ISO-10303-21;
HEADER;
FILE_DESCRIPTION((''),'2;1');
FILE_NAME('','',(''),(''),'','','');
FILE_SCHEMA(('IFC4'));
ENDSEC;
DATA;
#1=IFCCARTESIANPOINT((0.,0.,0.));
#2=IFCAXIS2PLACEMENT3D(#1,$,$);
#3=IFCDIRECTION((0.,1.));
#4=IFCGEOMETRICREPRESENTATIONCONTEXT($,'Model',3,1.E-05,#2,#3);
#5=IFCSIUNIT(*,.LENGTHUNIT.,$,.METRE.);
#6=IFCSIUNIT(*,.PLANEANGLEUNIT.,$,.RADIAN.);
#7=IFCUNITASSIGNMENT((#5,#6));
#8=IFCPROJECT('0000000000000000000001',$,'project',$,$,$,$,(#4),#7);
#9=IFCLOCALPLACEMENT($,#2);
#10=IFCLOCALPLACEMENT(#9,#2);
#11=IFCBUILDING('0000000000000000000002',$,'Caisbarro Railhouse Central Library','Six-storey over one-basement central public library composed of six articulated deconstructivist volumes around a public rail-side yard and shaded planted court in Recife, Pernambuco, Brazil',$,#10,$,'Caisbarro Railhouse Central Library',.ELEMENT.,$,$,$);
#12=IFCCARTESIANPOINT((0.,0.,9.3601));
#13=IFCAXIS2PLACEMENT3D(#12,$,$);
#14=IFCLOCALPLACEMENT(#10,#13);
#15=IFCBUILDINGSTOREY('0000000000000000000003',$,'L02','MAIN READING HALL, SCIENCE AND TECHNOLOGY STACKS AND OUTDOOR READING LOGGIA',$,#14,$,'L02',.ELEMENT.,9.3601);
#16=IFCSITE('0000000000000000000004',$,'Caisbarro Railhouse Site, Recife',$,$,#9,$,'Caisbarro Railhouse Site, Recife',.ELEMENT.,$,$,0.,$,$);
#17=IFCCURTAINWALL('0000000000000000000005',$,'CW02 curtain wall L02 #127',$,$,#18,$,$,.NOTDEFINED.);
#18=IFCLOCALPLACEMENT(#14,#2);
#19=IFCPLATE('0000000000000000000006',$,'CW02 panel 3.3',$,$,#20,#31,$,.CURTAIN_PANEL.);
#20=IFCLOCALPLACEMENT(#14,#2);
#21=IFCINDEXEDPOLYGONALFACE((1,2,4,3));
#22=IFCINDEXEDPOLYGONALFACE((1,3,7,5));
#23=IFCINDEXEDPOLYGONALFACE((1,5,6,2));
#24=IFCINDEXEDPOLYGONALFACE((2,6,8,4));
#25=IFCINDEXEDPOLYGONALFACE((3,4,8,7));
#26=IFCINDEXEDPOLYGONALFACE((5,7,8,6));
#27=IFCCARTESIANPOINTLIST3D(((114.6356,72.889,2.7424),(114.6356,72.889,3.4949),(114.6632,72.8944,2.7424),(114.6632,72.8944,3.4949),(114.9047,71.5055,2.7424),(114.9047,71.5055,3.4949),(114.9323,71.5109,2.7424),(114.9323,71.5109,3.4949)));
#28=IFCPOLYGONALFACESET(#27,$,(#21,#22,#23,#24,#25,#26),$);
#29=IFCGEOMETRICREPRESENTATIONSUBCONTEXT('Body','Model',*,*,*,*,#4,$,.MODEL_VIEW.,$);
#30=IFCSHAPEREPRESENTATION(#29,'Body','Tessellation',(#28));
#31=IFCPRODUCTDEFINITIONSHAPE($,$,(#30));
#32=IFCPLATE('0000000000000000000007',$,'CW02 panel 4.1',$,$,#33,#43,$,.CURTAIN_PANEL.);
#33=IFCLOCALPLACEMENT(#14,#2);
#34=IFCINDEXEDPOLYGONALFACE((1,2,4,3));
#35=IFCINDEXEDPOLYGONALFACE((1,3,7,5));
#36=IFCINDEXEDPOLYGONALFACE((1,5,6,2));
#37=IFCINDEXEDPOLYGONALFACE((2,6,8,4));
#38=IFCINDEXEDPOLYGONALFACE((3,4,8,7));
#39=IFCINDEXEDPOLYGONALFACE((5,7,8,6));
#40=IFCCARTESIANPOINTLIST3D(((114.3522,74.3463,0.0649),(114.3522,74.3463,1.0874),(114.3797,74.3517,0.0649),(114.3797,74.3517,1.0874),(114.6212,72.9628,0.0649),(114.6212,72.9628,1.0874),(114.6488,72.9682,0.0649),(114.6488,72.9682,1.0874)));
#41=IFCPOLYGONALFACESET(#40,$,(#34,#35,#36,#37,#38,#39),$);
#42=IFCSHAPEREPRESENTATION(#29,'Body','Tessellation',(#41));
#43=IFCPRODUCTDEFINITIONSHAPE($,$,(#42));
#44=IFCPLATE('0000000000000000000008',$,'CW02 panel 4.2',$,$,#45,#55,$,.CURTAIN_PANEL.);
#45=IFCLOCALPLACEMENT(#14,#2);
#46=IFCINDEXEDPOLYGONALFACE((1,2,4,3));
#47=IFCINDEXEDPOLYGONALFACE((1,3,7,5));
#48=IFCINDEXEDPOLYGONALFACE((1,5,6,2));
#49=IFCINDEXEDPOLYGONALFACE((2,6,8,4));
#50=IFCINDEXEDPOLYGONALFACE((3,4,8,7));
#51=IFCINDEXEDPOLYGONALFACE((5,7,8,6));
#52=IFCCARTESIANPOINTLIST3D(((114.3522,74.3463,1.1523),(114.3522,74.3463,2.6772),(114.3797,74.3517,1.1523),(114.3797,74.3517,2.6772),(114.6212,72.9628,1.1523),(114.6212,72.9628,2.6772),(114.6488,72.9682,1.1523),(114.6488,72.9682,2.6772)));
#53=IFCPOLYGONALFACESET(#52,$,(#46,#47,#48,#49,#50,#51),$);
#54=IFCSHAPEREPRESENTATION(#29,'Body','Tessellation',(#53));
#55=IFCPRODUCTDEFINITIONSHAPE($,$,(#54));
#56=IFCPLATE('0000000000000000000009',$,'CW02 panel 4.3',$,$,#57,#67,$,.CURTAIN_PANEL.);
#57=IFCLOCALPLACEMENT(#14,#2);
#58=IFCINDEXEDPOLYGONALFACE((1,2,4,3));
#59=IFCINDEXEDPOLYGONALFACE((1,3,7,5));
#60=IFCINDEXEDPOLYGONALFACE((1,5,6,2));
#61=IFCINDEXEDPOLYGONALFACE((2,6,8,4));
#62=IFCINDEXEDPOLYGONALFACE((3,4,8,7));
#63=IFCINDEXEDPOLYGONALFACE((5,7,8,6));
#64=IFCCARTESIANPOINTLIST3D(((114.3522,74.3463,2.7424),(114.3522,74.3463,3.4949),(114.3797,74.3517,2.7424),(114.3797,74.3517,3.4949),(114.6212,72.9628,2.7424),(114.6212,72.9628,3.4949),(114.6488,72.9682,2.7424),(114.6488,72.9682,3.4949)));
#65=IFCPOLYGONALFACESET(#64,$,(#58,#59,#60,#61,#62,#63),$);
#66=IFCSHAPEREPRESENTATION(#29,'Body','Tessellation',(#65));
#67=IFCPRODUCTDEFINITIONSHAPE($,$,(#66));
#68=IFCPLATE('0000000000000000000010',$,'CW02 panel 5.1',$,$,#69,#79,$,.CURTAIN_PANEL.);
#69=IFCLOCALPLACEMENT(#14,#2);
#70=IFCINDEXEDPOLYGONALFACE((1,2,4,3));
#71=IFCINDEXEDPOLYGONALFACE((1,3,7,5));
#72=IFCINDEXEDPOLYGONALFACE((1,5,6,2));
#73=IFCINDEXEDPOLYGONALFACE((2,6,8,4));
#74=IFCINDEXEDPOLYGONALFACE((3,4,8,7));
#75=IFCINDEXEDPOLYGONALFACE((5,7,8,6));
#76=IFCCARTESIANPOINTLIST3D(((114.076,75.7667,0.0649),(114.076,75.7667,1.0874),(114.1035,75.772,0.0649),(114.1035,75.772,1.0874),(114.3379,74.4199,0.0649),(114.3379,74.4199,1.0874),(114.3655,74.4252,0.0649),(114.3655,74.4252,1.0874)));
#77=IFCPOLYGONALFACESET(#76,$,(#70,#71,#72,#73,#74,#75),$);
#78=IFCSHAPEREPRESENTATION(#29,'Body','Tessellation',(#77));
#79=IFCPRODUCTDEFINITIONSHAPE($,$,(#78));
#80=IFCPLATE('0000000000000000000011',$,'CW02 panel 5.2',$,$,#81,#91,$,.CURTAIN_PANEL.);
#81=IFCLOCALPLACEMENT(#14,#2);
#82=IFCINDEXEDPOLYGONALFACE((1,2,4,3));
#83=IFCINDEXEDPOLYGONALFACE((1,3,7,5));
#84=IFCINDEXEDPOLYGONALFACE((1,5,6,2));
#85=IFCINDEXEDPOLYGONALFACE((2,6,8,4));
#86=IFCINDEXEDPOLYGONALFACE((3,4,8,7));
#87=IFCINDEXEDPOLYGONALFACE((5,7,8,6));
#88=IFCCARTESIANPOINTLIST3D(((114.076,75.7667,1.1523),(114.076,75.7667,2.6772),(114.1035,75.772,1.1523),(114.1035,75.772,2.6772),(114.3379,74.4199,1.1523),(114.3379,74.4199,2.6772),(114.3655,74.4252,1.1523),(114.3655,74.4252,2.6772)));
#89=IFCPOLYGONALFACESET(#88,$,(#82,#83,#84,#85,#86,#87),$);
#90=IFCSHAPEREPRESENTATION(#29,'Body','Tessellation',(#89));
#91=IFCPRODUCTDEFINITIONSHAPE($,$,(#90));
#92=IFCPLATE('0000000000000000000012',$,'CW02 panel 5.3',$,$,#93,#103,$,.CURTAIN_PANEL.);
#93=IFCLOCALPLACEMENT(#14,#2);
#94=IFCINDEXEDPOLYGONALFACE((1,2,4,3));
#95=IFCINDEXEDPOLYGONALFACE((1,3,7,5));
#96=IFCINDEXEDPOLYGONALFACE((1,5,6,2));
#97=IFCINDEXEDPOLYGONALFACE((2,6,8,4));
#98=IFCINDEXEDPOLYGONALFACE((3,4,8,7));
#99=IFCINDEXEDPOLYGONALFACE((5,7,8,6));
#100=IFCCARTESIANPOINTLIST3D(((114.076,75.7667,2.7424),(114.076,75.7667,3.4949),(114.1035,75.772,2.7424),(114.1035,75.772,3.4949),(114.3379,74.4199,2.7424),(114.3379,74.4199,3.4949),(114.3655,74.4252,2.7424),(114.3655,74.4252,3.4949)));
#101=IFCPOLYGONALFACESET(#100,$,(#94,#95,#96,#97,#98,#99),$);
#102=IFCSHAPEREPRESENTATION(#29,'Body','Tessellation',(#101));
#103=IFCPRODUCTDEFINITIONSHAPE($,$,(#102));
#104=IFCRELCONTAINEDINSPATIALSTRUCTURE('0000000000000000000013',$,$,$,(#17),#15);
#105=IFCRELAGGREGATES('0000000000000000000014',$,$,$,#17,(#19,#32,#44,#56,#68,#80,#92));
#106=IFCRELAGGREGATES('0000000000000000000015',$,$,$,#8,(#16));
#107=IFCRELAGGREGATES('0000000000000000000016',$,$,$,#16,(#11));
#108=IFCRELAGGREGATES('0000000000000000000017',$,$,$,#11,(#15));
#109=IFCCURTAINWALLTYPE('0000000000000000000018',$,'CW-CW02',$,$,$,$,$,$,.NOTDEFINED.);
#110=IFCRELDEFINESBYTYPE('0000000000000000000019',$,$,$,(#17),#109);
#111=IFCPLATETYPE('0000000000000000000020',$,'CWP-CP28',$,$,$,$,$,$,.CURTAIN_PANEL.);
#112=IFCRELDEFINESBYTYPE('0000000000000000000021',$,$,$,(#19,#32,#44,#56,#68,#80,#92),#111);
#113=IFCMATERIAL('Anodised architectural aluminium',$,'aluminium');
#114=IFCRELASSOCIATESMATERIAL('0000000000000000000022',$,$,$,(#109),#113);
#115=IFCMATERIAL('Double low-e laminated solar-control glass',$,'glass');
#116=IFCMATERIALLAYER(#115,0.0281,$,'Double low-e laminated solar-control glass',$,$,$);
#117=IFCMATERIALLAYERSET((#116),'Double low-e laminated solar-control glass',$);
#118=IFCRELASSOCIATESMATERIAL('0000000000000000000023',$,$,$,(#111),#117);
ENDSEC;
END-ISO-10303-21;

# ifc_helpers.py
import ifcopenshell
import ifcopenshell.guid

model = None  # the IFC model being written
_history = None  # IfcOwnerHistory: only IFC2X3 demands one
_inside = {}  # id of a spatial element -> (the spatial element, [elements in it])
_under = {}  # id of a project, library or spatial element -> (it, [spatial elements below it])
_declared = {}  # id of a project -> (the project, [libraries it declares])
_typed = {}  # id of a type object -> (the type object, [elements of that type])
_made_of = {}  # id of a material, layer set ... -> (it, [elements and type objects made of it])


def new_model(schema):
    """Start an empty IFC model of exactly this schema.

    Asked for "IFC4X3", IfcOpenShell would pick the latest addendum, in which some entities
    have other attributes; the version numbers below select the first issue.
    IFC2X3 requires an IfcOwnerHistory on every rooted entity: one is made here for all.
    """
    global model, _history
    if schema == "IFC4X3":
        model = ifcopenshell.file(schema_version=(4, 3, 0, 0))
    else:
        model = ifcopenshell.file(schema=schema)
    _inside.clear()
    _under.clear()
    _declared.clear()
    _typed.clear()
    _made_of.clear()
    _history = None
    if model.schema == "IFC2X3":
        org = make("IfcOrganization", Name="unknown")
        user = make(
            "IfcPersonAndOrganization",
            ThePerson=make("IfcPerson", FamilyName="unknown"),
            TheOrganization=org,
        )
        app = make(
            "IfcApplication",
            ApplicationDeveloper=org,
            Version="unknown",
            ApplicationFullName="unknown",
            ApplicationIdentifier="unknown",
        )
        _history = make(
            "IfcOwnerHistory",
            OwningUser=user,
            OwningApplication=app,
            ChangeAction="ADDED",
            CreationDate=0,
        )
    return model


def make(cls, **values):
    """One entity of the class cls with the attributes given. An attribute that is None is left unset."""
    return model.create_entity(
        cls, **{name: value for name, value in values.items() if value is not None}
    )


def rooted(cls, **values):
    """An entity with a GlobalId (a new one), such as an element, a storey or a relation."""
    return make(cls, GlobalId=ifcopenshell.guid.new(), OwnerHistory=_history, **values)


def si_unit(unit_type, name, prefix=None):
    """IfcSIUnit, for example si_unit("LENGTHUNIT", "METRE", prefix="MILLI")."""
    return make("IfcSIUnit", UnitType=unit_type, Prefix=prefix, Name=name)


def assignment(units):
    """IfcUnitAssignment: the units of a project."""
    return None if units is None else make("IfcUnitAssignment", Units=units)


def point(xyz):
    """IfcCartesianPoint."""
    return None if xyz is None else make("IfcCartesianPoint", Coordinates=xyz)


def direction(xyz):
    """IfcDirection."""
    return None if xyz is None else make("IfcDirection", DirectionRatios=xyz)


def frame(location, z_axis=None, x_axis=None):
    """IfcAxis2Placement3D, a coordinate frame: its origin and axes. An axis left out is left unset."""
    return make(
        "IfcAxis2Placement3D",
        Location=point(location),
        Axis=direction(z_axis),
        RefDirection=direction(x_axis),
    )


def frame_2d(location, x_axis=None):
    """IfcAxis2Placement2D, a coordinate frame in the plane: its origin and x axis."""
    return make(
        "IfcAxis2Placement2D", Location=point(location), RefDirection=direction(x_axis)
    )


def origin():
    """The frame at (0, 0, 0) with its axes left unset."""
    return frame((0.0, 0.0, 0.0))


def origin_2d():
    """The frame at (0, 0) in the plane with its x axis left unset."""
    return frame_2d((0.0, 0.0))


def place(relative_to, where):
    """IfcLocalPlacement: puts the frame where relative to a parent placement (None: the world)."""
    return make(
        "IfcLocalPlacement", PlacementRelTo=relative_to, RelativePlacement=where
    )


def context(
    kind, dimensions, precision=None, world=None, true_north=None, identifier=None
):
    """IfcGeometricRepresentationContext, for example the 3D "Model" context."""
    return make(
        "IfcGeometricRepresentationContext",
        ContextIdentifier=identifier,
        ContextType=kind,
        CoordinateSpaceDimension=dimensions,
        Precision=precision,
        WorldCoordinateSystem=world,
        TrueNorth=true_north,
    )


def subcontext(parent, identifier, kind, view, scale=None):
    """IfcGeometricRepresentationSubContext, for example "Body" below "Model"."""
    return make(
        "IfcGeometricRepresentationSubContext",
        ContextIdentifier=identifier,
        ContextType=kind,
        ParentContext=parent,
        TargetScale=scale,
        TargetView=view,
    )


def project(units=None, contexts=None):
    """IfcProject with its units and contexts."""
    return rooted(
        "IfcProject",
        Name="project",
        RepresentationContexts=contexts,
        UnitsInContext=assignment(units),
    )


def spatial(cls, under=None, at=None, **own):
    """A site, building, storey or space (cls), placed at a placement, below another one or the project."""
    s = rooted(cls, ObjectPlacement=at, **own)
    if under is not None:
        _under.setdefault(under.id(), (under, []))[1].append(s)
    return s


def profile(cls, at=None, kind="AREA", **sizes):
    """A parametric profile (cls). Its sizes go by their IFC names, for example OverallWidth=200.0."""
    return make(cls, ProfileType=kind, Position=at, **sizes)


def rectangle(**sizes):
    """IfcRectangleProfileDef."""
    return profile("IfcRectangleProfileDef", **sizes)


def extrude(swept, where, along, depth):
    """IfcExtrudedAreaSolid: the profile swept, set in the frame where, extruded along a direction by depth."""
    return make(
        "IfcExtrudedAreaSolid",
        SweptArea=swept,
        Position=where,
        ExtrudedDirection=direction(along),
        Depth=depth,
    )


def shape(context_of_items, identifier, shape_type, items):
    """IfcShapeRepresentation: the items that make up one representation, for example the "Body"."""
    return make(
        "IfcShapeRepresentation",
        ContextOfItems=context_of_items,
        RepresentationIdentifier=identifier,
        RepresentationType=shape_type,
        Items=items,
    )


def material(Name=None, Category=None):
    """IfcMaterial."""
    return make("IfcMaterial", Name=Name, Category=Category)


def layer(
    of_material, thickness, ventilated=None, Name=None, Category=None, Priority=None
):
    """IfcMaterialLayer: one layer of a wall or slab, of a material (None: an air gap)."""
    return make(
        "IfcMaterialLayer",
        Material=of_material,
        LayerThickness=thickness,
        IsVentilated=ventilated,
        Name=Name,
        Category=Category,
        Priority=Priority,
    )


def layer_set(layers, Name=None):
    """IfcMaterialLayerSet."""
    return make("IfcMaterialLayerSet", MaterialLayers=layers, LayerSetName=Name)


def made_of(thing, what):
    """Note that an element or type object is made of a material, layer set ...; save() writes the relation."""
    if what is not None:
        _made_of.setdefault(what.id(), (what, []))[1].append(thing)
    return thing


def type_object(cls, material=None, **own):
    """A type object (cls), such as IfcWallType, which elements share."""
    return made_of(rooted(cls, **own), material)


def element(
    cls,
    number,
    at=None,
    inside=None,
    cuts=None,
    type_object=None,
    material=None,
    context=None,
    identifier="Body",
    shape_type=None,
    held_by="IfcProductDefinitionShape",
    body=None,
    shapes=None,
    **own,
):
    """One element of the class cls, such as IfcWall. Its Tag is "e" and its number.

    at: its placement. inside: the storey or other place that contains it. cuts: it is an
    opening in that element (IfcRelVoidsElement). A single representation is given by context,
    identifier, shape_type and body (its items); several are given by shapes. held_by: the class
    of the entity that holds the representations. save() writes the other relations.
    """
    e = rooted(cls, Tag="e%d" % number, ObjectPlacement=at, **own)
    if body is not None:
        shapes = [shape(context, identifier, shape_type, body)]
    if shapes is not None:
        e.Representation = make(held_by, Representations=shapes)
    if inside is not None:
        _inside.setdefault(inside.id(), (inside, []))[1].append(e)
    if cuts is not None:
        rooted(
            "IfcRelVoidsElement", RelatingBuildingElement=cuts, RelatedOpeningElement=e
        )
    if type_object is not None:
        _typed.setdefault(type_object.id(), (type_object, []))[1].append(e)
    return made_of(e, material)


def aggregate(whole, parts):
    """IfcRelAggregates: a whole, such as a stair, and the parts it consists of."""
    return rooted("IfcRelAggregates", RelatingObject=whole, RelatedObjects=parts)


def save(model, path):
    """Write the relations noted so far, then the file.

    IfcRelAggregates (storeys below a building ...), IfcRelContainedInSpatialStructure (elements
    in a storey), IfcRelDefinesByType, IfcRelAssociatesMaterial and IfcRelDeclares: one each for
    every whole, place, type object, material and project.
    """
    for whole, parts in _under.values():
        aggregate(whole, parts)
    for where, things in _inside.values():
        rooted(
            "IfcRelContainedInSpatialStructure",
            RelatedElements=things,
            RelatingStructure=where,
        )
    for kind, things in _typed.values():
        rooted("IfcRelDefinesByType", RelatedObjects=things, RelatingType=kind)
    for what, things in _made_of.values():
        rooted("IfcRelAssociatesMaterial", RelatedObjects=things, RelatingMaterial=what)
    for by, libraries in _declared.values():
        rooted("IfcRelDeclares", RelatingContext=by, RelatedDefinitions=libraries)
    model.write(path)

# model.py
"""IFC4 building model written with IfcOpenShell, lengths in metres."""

from ifc_helpers import new_model, si_unit, direction, frame, origin, origin_2d, place, context, subcontext, project, spatial, rectangle, extrude, material, layer, layer_set, type_object, element, aggregate, save


model = new_model("IFC4")

# Units and contexts
model_context = context("Model", 3, precision=1e-05, world=origin(), true_north=direction((0.0, 1.0)))
body_context = subcontext(model_context, "Body", "Model", "MODEL_VIEW")
ifc_project = project(units=[si_unit("LENGTHUNIT", "METRE"), si_unit("PLANEANGLEUNIT", "RADIAN")], contexts=[model_context])

# Site, building, storey
site_placement = place(None, origin())
site = spatial("IfcSite", under=ifc_project, at=site_placement, Name="Caisbarro Railhouse Site, Recife", LongName="Caisbarro Railhouse Site, Recife", CompositionType="ELEMENT", RefElevation=0.0)
building_placement = place(site_placement, origin())
building = spatial("IfcBuilding", under=site, at=building_placement, Name="Caisbarro Railhouse Central Library", Description="Six-storey over one-basement central public library composed of six articulated deconstructivist volumes around a public rail-side yard and shaded planted court in Recife, Pernambuco, Brazil", LongName="Caisbarro Railhouse Central Library", CompositionType="ELEMENT")
storey_placement = place(building_placement, frame((0.0, 0.0, 9.3601)))
storey = spatial("IfcBuildingStorey", under=building, at=storey_placement, Name="L02", Description="MAIN READING HALL, SCIENCE AND TECHNOLOGY STACKS AND OUTDOOR READING LOGGIA", LongName="L02", CompositionType="ELEMENT", Elevation=9.3601)

# Curtain wall, plates
ifc_material_1 = material(Name="Anodised architectural aluminium", Category="aluminium")
curtain_wall_type = type_object("IfcCurtainWallType", Name="CW-CW02", PredefinedType="NOTDEFINED", material=ifc_material_1)
curtain_wall_placement = place(storey_placement, origin())
curtain_wall = element("IfcCurtainWall", 1, at=curtain_wall_placement, inside=storey, type_object=curtain_wall_type, Name="CW02 curtain wall L02 #127", PredefinedType="NOTDEFINED")
ifc_material_2 = material(Name="Double low-e laminated solar-control glass", Category="glass")
ifc_layer = layer(ifc_material_2, 0.0281, Name="Double low-e laminated solar-control glass")
ifc_layer_set = layer_set([ifc_layer], Name="Double low-e laminated solar-control glass")
plate_type = type_object("IfcPlateType", Name="CWP-CP28", PredefinedType="CURTAIN_PANEL", material=ifc_layer_set)
plate_1_placement = place(storey_placement, frame((114.7839, 72.2, 2.7424), z_axis=(0.0, 0.0, 1.0), x_axis=(-0.190911, 0.981607, 0.0)))
plate_1 = element("IfcPlate", 2, at=plate_1_placement, type_object=plate_type, Name="CW02 panel 3.3", PredefinedType="CURTAIN_PANEL", context=body_context, shape_type="SweptSolid", body=[
    extrude(rectangle(XDim=1.4094, YDim=0.0281, at=origin_2d()), origin(), (0.0, 0.0, 1.0), 0.7524),
])
plate_2_placement = place(storey_placement, frame((114.5005, 73.6572, 0.0649), z_axis=(0.0, 0.0, 1.0), x_axis=(-0.190911, 0.981607, 0.0)))
plate_2 = element("IfcPlate", 3, at=plate_2_placement, type_object=plate_type, Name="CW02 panel 4.1", PredefinedType="CURTAIN_PANEL", context=body_context, shape_type="SweptSolid", body=[
    extrude(rectangle(XDim=1.4094, YDim=0.0281, at=origin_2d()), origin(), (0.0, 0.0, 1.0), 1.0225),
])
plate_3_placement = place(storey_placement, frame((114.5005, 73.6572, 1.1523), z_axis=(0.0, 0.0, 1.0), x_axis=(-0.190911, 0.981607, 0.0)))
plate_3 = element("IfcPlate", 4, at=plate_3_placement, type_object=plate_type, Name="CW02 panel 4.2", PredefinedType="CURTAIN_PANEL", context=body_context, shape_type="SweptSolid", body=[
    extrude(rectangle(XDim=1.4094, YDim=0.0281, at=origin_2d()), origin(), (0.0, 0.0, 1.0), 1.5249),
])
plate_4_placement = place(storey_placement, frame((114.5005, 73.6572, 2.7424), z_axis=(0.0, 0.0, 1.0), x_axis=(-0.190911, 0.981607, 0.0)))
plate_4 = element("IfcPlate", 5, at=plate_4_placement, type_object=plate_type, Name="CW02 panel 4.3", PredefinedType="CURTAIN_PANEL", context=body_context, shape_type="SweptSolid", body=[
    extrude(rectangle(XDim=1.4094, YDim=0.0281, at=origin_2d()), origin(), (0.0, 0.0, 1.0), 0.7524),
])
plate_5_placement = place(storey_placement, frame((114.2207, 75.0959, 0.0649), z_axis=(0.0, 0.0, 1.0), x_axis=(-0.190911, 0.981607, 0.0)))
plate_5 = element("IfcPlate", 6, at=plate_5_placement, type_object=plate_type, Name="CW02 panel 5.1", PredefinedType="CURTAIN_PANEL", context=body_context, shape_type="SweptSolid", body=[
    extrude(rectangle(XDim=1.3721, YDim=0.0281, at=origin_2d()), origin(), (0.0, 0.0, 1.0), 1.0225),
])
plate_6_placement = place(storey_placement, frame((114.2207, 75.0959, 1.1523), z_axis=(0.0, 0.0, 1.0), x_axis=(-0.190911, 0.981607, 0.0)))
plate_6 = element("IfcPlate", 7, at=plate_6_placement, type_object=plate_type, Name="CW02 panel 5.2", PredefinedType="CURTAIN_PANEL", context=body_context, shape_type="SweptSolid", body=[
    extrude(rectangle(XDim=1.3721, YDim=0.0281, at=origin_2d()), origin(), (0.0, 0.0, 1.0), 1.5249),
])
plate_7_placement = place(storey_placement, frame((114.2207, 75.0959, 2.7424), z_axis=(0.0, 0.0, 1.0), x_axis=(-0.190911, 0.981607, 0.0)))
plate_7 = element("IfcPlate", 8, at=plate_7_placement, type_object=plate_type, Name="CW02 panel 5.3", PredefinedType="CURTAIN_PANEL", context=body_context, shape_type="SweptSolid", body=[
    extrude(rectangle(XDim=1.3721, YDim=0.0281, at=origin_2d()), origin(), (0.0, 0.0, 1.0), 0.7524),
])
aggregate(curtain_wall, [plate_1, plate_2, plate_3, plate_4, plate_5, plate_6, plate_7])

save(model, "model.ifc")
